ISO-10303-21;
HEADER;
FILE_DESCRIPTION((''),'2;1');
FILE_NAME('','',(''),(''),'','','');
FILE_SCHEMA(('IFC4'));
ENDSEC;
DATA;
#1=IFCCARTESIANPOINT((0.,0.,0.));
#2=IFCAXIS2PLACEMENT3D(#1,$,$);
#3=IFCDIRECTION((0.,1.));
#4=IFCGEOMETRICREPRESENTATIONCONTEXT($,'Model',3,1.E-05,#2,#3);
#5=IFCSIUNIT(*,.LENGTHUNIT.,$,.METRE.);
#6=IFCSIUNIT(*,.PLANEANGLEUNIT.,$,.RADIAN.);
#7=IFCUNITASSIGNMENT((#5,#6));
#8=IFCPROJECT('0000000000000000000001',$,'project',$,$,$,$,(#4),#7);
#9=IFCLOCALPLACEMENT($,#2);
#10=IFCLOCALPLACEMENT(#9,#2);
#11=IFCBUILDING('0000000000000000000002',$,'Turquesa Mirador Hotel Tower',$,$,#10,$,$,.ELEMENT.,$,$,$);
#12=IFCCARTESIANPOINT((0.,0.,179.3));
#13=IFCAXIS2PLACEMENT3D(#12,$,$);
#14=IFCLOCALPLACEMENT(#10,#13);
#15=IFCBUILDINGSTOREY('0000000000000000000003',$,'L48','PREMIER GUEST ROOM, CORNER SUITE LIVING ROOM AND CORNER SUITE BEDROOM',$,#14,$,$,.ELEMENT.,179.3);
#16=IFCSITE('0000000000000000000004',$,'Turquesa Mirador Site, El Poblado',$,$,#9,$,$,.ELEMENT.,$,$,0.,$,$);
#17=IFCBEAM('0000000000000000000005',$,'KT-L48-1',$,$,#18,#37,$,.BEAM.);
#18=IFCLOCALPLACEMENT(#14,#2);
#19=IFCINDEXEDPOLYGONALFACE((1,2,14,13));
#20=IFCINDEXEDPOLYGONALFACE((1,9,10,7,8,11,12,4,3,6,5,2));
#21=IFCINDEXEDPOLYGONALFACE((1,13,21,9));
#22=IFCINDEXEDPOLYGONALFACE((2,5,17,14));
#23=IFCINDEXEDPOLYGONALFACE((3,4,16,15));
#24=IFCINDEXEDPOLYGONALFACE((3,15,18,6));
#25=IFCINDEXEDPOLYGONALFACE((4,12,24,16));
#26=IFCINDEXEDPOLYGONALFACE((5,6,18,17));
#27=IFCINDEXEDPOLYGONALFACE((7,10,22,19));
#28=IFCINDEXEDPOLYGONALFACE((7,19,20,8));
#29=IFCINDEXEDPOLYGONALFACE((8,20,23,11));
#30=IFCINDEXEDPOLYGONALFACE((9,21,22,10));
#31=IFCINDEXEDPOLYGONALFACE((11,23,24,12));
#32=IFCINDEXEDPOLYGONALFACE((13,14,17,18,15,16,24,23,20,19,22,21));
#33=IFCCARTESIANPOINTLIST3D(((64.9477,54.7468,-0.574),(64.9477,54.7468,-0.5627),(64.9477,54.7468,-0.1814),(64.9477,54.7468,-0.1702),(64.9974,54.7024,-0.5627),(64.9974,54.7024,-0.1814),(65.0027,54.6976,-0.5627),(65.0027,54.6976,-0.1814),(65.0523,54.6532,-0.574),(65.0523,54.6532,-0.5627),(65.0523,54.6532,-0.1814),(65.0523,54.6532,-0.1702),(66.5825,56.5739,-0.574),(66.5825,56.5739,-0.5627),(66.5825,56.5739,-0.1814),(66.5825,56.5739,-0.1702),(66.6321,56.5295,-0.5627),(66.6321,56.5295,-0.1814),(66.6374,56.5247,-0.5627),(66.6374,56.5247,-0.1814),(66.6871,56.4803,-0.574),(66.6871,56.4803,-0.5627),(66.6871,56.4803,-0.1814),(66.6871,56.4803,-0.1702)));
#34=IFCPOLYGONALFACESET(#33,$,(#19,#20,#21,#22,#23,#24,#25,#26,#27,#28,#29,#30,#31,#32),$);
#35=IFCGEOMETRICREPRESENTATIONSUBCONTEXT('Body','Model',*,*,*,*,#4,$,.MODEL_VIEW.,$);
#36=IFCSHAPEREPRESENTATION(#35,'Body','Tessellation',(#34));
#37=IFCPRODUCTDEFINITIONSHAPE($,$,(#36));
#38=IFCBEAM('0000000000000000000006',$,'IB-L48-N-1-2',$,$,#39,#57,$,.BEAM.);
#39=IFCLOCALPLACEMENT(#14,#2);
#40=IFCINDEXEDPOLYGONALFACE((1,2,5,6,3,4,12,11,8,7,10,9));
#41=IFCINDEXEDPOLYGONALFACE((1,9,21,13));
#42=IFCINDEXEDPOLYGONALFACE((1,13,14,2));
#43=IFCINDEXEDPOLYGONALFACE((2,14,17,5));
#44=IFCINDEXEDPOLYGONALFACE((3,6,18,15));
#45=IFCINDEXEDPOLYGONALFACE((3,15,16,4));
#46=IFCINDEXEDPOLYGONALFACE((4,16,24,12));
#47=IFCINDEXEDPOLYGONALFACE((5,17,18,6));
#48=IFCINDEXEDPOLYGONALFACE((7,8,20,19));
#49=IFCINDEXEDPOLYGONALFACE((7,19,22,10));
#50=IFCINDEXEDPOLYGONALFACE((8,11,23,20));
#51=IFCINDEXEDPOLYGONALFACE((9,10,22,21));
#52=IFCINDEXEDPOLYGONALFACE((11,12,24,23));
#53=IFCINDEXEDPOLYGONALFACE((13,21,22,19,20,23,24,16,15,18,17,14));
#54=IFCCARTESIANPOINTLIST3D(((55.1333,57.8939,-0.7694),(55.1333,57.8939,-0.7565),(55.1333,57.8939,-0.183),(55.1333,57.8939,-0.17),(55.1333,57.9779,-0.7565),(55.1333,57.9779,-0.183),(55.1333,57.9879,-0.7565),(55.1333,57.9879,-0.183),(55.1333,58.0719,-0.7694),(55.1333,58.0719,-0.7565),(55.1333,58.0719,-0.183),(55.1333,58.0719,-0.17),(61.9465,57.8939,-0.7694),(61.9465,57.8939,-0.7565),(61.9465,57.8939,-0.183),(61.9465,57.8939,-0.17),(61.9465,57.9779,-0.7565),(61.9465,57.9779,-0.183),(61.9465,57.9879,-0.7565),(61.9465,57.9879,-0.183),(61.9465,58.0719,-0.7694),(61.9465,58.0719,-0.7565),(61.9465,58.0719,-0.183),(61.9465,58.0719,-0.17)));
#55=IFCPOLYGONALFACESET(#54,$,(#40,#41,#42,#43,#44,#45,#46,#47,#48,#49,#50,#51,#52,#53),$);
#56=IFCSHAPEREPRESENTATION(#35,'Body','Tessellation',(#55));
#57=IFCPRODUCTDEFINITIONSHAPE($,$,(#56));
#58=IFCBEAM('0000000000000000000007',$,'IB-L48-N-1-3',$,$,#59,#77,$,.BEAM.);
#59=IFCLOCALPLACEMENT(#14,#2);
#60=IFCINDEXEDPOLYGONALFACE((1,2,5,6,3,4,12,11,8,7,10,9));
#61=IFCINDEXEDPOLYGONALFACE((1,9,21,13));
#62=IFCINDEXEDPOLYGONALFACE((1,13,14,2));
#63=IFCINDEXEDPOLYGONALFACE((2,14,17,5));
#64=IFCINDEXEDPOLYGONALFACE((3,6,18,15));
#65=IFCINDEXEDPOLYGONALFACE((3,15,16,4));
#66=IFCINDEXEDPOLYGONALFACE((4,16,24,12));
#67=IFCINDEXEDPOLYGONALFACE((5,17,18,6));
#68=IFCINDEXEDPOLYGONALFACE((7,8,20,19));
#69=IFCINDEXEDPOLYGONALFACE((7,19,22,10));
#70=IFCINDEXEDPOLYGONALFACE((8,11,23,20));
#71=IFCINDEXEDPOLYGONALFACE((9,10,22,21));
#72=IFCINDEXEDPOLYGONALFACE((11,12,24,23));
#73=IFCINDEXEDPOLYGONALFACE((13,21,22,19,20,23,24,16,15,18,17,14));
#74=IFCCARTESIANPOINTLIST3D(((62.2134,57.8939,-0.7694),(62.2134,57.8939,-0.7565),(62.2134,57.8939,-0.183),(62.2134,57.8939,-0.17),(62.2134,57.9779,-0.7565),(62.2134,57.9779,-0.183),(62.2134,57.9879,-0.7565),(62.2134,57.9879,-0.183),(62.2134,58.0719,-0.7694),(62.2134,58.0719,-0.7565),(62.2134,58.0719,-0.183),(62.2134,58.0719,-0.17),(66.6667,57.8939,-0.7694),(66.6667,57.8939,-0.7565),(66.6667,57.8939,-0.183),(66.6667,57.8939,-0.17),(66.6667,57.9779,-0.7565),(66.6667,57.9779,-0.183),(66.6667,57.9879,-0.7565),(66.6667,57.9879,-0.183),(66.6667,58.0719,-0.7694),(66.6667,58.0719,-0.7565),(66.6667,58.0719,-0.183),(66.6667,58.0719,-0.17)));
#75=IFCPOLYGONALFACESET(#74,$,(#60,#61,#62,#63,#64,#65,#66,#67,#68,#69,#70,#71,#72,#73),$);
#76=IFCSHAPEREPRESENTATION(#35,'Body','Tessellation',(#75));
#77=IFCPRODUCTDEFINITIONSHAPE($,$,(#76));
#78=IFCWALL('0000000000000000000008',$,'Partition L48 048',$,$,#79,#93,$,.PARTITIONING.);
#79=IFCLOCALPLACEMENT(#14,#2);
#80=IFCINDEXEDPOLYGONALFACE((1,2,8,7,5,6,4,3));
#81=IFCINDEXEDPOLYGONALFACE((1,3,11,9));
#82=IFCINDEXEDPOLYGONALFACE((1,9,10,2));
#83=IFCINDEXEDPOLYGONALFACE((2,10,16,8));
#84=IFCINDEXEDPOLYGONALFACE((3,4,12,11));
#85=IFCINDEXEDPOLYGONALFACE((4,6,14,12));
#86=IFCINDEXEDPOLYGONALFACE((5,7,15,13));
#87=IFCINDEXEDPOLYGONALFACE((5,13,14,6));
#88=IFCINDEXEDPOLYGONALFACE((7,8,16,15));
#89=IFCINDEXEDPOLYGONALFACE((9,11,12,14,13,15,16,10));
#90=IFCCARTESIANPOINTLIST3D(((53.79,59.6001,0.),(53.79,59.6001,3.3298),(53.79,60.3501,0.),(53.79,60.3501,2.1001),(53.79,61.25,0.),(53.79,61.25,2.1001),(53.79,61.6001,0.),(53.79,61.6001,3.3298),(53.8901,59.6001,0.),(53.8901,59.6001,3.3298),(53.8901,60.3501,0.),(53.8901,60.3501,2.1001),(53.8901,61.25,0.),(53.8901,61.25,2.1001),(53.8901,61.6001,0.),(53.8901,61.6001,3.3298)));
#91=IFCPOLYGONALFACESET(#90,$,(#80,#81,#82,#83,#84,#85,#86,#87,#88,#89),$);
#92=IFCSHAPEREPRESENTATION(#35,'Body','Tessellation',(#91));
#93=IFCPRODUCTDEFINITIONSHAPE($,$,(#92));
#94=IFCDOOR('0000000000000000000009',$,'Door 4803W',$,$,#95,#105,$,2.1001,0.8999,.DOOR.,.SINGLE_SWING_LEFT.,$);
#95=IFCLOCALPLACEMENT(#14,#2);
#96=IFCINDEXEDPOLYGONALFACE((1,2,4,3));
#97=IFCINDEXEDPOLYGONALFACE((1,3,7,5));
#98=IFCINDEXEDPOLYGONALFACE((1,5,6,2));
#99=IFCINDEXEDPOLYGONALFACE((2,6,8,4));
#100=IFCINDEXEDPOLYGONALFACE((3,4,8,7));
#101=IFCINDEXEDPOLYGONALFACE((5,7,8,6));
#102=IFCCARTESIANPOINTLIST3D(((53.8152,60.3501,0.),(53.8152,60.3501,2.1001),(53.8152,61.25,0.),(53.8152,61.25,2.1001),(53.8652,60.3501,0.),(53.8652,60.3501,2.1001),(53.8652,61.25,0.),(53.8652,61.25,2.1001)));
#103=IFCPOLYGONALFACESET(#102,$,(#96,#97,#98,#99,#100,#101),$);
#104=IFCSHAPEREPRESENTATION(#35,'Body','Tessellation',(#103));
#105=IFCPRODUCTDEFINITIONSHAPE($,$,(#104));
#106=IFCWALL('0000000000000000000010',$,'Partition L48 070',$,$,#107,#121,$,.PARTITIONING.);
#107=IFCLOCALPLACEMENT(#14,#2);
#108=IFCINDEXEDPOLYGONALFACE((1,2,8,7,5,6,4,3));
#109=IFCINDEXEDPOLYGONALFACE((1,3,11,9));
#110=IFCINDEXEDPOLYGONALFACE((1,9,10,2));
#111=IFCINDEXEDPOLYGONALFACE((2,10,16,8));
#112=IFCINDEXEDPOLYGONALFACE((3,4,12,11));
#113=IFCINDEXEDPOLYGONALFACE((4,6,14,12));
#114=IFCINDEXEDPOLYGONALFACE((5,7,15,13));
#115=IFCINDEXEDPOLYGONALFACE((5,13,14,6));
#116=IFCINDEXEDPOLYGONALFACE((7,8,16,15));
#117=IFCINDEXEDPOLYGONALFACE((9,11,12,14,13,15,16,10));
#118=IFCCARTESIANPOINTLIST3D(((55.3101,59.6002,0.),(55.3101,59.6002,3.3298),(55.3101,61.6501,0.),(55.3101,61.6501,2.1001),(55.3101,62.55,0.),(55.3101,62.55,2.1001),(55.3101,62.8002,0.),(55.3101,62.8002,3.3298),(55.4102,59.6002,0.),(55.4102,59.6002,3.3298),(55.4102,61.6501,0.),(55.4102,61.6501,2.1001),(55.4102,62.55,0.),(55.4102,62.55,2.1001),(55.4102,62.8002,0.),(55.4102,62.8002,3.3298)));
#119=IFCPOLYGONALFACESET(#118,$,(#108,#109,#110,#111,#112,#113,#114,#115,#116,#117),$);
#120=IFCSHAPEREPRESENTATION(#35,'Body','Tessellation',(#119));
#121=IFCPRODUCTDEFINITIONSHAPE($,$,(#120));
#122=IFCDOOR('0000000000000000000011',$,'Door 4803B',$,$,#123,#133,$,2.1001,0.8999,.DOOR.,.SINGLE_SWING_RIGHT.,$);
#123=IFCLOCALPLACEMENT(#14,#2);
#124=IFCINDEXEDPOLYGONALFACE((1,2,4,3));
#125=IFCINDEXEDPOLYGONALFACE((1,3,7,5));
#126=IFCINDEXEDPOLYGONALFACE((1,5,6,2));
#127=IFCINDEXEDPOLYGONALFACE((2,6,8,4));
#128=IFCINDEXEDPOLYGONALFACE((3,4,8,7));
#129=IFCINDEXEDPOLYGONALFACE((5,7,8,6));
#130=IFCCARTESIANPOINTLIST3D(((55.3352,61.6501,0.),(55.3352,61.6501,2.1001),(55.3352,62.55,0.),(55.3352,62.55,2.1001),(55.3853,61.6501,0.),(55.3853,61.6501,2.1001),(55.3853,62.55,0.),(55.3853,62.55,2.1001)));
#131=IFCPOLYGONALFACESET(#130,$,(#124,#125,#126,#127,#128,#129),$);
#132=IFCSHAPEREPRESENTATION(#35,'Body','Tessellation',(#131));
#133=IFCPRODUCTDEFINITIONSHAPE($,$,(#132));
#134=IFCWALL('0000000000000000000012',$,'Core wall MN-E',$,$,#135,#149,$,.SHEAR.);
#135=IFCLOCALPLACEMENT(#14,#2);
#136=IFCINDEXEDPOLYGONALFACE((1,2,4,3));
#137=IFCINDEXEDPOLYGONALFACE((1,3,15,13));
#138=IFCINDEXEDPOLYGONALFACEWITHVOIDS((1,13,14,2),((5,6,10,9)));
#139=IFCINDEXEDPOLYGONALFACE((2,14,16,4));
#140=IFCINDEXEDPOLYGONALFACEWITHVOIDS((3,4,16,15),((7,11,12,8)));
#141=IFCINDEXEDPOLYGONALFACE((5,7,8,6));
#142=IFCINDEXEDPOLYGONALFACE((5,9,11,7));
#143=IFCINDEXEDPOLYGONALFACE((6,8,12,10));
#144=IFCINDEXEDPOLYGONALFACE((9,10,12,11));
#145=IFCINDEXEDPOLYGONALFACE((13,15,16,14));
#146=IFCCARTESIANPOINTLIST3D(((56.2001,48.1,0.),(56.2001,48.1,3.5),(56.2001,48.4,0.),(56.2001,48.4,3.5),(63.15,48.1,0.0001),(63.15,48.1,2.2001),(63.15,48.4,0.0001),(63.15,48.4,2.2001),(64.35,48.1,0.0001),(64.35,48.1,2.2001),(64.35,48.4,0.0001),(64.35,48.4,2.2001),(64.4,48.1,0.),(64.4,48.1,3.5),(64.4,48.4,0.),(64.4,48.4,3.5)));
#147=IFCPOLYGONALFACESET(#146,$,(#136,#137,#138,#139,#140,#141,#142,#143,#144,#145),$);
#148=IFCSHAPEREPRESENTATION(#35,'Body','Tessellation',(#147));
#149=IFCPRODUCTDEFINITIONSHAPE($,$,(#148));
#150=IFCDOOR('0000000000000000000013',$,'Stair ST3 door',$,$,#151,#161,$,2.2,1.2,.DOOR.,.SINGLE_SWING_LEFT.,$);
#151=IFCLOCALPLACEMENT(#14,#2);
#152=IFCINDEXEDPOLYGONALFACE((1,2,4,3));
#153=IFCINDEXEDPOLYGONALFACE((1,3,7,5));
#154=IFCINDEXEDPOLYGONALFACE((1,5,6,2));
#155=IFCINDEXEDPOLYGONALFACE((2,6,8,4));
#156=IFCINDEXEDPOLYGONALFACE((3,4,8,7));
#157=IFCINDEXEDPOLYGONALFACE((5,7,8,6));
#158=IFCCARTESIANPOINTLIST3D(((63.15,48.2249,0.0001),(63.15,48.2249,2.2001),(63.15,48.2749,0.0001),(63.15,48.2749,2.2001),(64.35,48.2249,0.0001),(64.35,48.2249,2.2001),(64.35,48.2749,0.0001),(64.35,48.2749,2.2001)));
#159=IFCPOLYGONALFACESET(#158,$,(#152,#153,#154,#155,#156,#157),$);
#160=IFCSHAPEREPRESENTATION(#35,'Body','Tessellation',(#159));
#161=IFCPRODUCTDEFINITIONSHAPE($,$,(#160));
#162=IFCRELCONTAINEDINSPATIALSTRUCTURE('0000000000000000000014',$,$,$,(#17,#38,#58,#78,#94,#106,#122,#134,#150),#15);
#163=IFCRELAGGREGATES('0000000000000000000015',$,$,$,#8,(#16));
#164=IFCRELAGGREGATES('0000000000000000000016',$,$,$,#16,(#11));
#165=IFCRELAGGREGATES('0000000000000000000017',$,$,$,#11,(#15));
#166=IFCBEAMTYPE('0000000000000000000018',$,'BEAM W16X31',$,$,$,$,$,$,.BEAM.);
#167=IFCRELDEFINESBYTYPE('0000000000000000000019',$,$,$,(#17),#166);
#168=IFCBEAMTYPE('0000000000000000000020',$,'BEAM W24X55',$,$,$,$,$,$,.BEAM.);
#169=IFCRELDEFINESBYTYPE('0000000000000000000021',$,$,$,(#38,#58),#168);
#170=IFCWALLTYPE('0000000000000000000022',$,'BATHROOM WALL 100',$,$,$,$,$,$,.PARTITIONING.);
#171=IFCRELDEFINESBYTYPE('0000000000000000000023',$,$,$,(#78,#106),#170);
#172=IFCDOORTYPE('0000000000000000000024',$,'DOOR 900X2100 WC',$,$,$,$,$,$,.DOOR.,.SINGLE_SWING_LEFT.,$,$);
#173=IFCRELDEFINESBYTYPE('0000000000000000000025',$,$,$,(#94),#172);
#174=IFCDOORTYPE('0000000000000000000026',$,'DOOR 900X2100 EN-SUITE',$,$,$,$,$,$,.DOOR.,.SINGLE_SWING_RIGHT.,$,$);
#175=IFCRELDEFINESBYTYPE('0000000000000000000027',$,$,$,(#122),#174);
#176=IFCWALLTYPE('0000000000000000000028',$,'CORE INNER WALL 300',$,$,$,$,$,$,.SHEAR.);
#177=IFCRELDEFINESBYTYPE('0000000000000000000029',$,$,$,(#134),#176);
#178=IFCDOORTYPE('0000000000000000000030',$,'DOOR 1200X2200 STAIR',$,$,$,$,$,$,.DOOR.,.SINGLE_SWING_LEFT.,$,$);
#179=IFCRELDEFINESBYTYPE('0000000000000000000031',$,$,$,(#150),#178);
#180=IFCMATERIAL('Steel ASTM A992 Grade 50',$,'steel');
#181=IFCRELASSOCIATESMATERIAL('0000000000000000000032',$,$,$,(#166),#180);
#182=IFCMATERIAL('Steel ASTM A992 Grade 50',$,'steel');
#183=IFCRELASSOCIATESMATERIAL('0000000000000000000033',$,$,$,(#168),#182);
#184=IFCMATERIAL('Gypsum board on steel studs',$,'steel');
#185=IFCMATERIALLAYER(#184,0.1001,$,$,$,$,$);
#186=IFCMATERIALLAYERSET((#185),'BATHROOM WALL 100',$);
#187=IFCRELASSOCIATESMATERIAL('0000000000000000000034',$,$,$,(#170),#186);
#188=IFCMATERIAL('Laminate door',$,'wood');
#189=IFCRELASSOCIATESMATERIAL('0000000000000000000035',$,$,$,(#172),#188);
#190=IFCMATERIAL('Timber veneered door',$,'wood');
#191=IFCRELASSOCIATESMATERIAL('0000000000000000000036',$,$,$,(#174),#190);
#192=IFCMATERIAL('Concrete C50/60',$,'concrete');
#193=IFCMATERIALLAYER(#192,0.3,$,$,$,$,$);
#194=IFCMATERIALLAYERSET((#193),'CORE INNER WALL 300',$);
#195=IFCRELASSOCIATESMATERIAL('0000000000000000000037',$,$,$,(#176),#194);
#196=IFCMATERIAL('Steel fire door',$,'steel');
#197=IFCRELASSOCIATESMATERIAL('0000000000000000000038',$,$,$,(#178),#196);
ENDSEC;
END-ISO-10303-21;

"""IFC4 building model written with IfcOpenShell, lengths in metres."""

from ifc_helpers import new_model, si_unit, direction, frame, frame_2d, origin, origin_2d, place, context, subcontext, project, spatial, rectangle, i_section, extrude, material, layer, layer_set, material_profile, profile_set, type_object, element, fill, save


model = new_model("IFC4")

# Units and contexts
model_context = context("Model", 3, precision=1e-05, world=origin(), true_north=direction((0.0, 1.0)))
body_context = subcontext(model_context, "Body", "Model", "MODEL_VIEW")
ifc_project = project(units=[si_unit("LENGTHUNIT", "METRE"), si_unit("PLANEANGLEUNIT", "RADIAN")], contexts=[model_context])

# Site, building, storey
site_placement = place(None, origin())
site = spatial("IfcSite", under=ifc_project, at=site_placement, Name="Turquesa Mirador Site, El Poblado", CompositionType="ELEMENT", RefElevation=0.0)
building_placement = place(site_placement, origin())
building = spatial("IfcBuilding", under=site, at=building_placement, Name="Turquesa Mirador Hotel Tower", CompositionType="ELEMENT")
storey_placement = place(building_placement, frame((0.0, 0.0, 179.3)))
storey = spatial("IfcBuildingStorey", under=building, at=storey_placement, Name="L48", Description="PREMIER GUEST ROOM, CORNER SUITE LIVING ROOM AND CORNER SUITE BEDROOM", CompositionType="ELEMENT", Elevation=179.3)

# Beams
ifc_material_1 = material(Name="Steel ASTM A992 Grade 50", Category="steel")
ifc_material_profile_1 = material_profile(ifc_material_1, i_section(OverallWidth=0.1404, OverallDepth=0.4038, WebThickness=0.0071, FlangeThickness=0.0112, at=origin_2d()), Name="W16X31")
ifc_profile_set_1 = profile_set([ifc_material_profile_1], Name="Steel ASTM A992 Grade 50")
beam_type_1 = type_object("IfcBeamType", Name="BEAM W16X31", PredefinedType="BEAM", material=ifc_profile_set_1)
beam_1_placement = place(storey_placement, frame((66.6348, 56.5271, -0.3721), z_axis=(-0.666783, -0.745252, 0.0), x_axis=(0.745252, -0.666783, 0.0)))
element("IfcBeam", 1, at=beam_1_placement, inside=storey, type_object=beam_type_1, Name="KT-L48-1", PredefinedType="BEAM", context=body_context, shape_type="SweptSolid", body=[
    extrude(i_section(OverallWidth=0.1404, OverallDepth=0.4038, WebThickness=0.0071, FlangeThickness=0.0112, at=origin_2d()), origin(), (0.0, 0.0, 1.0), 2.4517),
])
ifc_material_2 = material(Name="Steel ASTM A992 Grade 50", Category="steel")
ifc_material_profile_2 = material_profile(ifc_material_2, i_section(OverallWidth=0.178, OverallDepth=0.5994, WebThickness=0.01, FlangeThickness=0.0129, at=origin_2d()), Name="W24X55")
ifc_profile_set_2 = profile_set([ifc_material_profile_2], Name="Steel ASTM A992 Grade 50")
beam_type_2 = type_object("IfcBeamType", Name="BEAM W24X55", PredefinedType="BEAM", material=ifc_profile_set_2)
beam_2_placement = place(storey_placement, frame((55.1333, 57.9829, -0.4697), z_axis=(1.0, 0.0, 0.0), x_axis=(0.0, 1.0, 0.0)))
element("IfcBeam", 2, at=beam_2_placement, inside=storey, type_object=beam_type_2, Name="IB-L48-N-1-2", PredefinedType="BEAM", context=body_context, shape_type="SweptSolid", body=[
    extrude(i_section(OverallWidth=0.178, OverallDepth=0.5994, WebThickness=0.01, FlangeThickness=0.0129, at=origin_2d()), origin(), (0.0, 0.0, 1.0), 6.8132),
])
beam_3_placement = place(storey_placement, frame((62.2134, 57.9829, -0.4697), z_axis=(1.0, 0.0, 0.0), x_axis=(0.0, 1.0, 0.0)))
element("IfcBeam", 3, at=beam_3_placement, inside=storey, type_object=beam_type_2, Name="IB-L48-N-1-3", PredefinedType="BEAM", context=body_context, shape_type="SweptSolid", body=[
    extrude(i_section(OverallWidth=0.178, OverallDepth=0.5994, WebThickness=0.01, FlangeThickness=0.0129, at=origin_2d()), origin(), (0.0, 0.0, 1.0), 4.4534),
])

# Walls, openings, doors
ifc_material_3 = material(Name="Gypsum board on steel studs", Category="steel")
ifc_layer_1 = layer(ifc_material_3, 0.1001)
ifc_layer_set_1 = layer_set([ifc_layer_1], Name="BATHROOM WALL 100")
wall_type_1 = type_object("IfcWallType", Name="BATHROOM WALL 100", PredefinedType="PARTITIONING", material=ifc_layer_set_1)
wall_1_placement = place(storey_placement, frame((53.8401, 59.6001, 0.0), z_axis=(0.0, 0.0, 1.0), x_axis=(0.0, 1.0, 0.0)))
wall_1 = element("IfcWall", 4, at=wall_1_placement, inside=storey, type_object=wall_type_1, Name="Partition L48 048", PredefinedType="PARTITIONING", context=body_context, shape_type="SweptSolid", body=[
    extrude(rectangle(XDim=2.0, YDim=0.1001, at=frame_2d((1.0, 0.0))), origin(), (0.0, 0.0, 1.0), 3.3298),
])
opening_1_placement = place(wall_1_placement, frame((0.75, 0.0, 0.0)))
opening_1 = element("IfcOpeningElement", 5, at=opening_1_placement, cuts=wall_1, PredefinedType="OPENING", context=body_context, shape_type="SweptSolid", body=[
    extrude(rectangle(XDim=0.8999, YDim=2.1001, at=frame_2d((0.45, 1.05))), frame((0.0, 0.0601, 0.0), z_axis=(0.0, -1.0, 0.0), x_axis=(1.0, 0.0, 0.0)), (0.0, 0.0, 1.0), 0.1201),
])
ifc_material_4 = material(Name="Laminate door", Category="wood")
door_type_1 = type_object("IfcDoorType", Name="DOOR 900X2100 WC", OperationType="SINGLE_SWING_LEFT", PredefinedType="DOOR", material=ifc_material_4)
door_1_placement = place(opening_1_placement, origin())
door_1 = element("IfcDoor", 6, at=door_1_placement, inside=storey, type_object=door_type_1, Name="Door 4803W", OperationType="SINGLE_SWING_LEFT", OverallHeight=2.1001, OverallWidth=0.8999, PredefinedType="DOOR", context=body_context, shape_type="SweptSolid", body=[
    extrude(rectangle(XDim=0.8999, YDim=2.1001, at=frame_2d((0.45, 1.05))), frame((0.0, 0.0249, 0.0), z_axis=(0.0, -1.0, 0.0), x_axis=(1.0, 0.0, 0.0)), (0.0, 0.0, 1.0), 0.05),
])
fill(opening_1, door_1)
wall_2_placement = place(storey_placement, frame((55.3601, 59.6001, 0.0), z_axis=(0.0, 0.0, 1.0), x_axis=(0.0, 1.0, 0.0)))
wall_2 = element("IfcWall", 7, at=wall_2_placement, inside=storey, type_object=wall_type_1, Name="Partition L48 070", PredefinedType="PARTITIONING", context=body_context, shape_type="SweptSolid", body=[
    extrude(rectangle(XDim=3.2, YDim=0.1001, at=frame_2d((1.6001, 0.0))), origin(), (0.0, 0.0, 1.0), 3.3298),
])
opening_2_placement = place(wall_2_placement, frame((2.05, 0.0, 0.0)))
opening_2 = element("IfcOpeningElement", 8, at=opening_2_placement, cuts=wall_2, PredefinedType="OPENING", context=body_context, shape_type="SweptSolid", body=[
    extrude(rectangle(XDim=0.8999, YDim=2.1001, at=frame_2d((0.45, 1.05))), frame((0.0, 0.0601, 0.0), z_axis=(0.0, -1.0, 0.0), x_axis=(1.0, 0.0, 0.0)), (0.0, 0.0, 1.0), 0.1201),
])
ifc_material_5 = material(Name="Timber veneered door", Category="wood")
door_type_2 = type_object("IfcDoorType", Name="DOOR 900X2100 EN-SUITE", OperationType="SINGLE_SWING_RIGHT", PredefinedType="DOOR", material=ifc_material_5)
door_2_placement = place(opening_2_placement, origin())
door_2 = element("IfcDoor", 9, at=door_2_placement, inside=storey, type_object=door_type_2, Name="Door 4803B", OperationType="SINGLE_SWING_RIGHT", OverallHeight=2.1001, OverallWidth=0.8999, PredefinedType="DOOR", context=body_context, shape_type="SweptSolid", body=[
    extrude(rectangle(XDim=0.8999, YDim=2.1001, at=frame_2d((0.45, 1.05))), frame((0.0, 0.0249, 0.0), z_axis=(0.0, -1.0, 0.0), x_axis=(1.0, 0.0, 0.0)), (0.0, 0.0, 1.0), 0.05),
])
fill(opening_2, door_2)
ifc_material_6 = material(Name="Concrete C50/60", Category="concrete")
ifc_layer_2 = layer(ifc_material_6, 0.3)
ifc_layer_set_2 = layer_set([ifc_layer_2], Name="CORE INNER WALL 300")
wall_type_2 = type_object("IfcWallType", Name="CORE INNER WALL 300", PredefinedType="SHEAR", material=ifc_layer_set_2)
wall_3_placement = place(storey_placement, frame((56.2, 48.25, 0.0), z_axis=(0.0, 0.0, 1.0), x_axis=(1.0, 0.0, 0.0)))
wall_3 = element("IfcWall", 10, at=wall_3_placement, inside=storey, type_object=wall_type_2, Name="Core wall MN-E", PredefinedType="SHEAR", context=body_context, shape_type="SweptSolid", body=[
    extrude(rectangle(XDim=8.2, YDim=0.3, at=frame_2d((4.1001, 0.0))), origin(), (0.0, 0.0, 1.0), 3.5),
])
opening_3_placement = place(wall_3_placement, frame((6.95, 0.0, 0.0)))
opening_3 = element("IfcOpeningElement", 11, at=opening_3_placement, cuts=wall_3, PredefinedType="OPENING", context=body_context, shape_type="SweptSolid", body=[
    extrude(rectangle(XDim=1.2, YDim=2.2, at=frame_2d((0.6001, 1.1001))), frame((0.0, 0.1599, 0.0), z_axis=(0.0, -1.0, 0.0), x_axis=(1.0, 0.0, 0.0)), (0.0, 0.0, 1.0), 0.3201),
])
ifc_material_7 = material(Name="Steel fire door", Category="steel")
door_type_3 = type_object("IfcDoorType", Name="DOOR 1200X2200 STAIR", OperationType="SINGLE_SWING_LEFT", PredefinedType="DOOR", material=ifc_material_7)
door_3_placement = place(opening_3_placement, origin())
door_3 = element("IfcDoor", 12, at=door_3_placement, inside=storey, type_object=door_type_3, Name="Stair ST3 door", OperationType="SINGLE_SWING_LEFT", OverallHeight=2.2, OverallWidth=1.2, PredefinedType="DOOR", context=body_context, shape_type="SweptSolid", body=[
    extrude(rectangle(XDim=1.2, YDim=2.2, at=frame_2d((0.6001, 1.1001))), frame((0.0, 0.0249, 0.0), z_axis=(0.0, -1.0, 0.0), x_axis=(1.0, 0.0, 0.0)), (0.0, 0.0, 1.0), 0.05),
])
fill(opening_3, door_3)

save(model, "model.ifc")
